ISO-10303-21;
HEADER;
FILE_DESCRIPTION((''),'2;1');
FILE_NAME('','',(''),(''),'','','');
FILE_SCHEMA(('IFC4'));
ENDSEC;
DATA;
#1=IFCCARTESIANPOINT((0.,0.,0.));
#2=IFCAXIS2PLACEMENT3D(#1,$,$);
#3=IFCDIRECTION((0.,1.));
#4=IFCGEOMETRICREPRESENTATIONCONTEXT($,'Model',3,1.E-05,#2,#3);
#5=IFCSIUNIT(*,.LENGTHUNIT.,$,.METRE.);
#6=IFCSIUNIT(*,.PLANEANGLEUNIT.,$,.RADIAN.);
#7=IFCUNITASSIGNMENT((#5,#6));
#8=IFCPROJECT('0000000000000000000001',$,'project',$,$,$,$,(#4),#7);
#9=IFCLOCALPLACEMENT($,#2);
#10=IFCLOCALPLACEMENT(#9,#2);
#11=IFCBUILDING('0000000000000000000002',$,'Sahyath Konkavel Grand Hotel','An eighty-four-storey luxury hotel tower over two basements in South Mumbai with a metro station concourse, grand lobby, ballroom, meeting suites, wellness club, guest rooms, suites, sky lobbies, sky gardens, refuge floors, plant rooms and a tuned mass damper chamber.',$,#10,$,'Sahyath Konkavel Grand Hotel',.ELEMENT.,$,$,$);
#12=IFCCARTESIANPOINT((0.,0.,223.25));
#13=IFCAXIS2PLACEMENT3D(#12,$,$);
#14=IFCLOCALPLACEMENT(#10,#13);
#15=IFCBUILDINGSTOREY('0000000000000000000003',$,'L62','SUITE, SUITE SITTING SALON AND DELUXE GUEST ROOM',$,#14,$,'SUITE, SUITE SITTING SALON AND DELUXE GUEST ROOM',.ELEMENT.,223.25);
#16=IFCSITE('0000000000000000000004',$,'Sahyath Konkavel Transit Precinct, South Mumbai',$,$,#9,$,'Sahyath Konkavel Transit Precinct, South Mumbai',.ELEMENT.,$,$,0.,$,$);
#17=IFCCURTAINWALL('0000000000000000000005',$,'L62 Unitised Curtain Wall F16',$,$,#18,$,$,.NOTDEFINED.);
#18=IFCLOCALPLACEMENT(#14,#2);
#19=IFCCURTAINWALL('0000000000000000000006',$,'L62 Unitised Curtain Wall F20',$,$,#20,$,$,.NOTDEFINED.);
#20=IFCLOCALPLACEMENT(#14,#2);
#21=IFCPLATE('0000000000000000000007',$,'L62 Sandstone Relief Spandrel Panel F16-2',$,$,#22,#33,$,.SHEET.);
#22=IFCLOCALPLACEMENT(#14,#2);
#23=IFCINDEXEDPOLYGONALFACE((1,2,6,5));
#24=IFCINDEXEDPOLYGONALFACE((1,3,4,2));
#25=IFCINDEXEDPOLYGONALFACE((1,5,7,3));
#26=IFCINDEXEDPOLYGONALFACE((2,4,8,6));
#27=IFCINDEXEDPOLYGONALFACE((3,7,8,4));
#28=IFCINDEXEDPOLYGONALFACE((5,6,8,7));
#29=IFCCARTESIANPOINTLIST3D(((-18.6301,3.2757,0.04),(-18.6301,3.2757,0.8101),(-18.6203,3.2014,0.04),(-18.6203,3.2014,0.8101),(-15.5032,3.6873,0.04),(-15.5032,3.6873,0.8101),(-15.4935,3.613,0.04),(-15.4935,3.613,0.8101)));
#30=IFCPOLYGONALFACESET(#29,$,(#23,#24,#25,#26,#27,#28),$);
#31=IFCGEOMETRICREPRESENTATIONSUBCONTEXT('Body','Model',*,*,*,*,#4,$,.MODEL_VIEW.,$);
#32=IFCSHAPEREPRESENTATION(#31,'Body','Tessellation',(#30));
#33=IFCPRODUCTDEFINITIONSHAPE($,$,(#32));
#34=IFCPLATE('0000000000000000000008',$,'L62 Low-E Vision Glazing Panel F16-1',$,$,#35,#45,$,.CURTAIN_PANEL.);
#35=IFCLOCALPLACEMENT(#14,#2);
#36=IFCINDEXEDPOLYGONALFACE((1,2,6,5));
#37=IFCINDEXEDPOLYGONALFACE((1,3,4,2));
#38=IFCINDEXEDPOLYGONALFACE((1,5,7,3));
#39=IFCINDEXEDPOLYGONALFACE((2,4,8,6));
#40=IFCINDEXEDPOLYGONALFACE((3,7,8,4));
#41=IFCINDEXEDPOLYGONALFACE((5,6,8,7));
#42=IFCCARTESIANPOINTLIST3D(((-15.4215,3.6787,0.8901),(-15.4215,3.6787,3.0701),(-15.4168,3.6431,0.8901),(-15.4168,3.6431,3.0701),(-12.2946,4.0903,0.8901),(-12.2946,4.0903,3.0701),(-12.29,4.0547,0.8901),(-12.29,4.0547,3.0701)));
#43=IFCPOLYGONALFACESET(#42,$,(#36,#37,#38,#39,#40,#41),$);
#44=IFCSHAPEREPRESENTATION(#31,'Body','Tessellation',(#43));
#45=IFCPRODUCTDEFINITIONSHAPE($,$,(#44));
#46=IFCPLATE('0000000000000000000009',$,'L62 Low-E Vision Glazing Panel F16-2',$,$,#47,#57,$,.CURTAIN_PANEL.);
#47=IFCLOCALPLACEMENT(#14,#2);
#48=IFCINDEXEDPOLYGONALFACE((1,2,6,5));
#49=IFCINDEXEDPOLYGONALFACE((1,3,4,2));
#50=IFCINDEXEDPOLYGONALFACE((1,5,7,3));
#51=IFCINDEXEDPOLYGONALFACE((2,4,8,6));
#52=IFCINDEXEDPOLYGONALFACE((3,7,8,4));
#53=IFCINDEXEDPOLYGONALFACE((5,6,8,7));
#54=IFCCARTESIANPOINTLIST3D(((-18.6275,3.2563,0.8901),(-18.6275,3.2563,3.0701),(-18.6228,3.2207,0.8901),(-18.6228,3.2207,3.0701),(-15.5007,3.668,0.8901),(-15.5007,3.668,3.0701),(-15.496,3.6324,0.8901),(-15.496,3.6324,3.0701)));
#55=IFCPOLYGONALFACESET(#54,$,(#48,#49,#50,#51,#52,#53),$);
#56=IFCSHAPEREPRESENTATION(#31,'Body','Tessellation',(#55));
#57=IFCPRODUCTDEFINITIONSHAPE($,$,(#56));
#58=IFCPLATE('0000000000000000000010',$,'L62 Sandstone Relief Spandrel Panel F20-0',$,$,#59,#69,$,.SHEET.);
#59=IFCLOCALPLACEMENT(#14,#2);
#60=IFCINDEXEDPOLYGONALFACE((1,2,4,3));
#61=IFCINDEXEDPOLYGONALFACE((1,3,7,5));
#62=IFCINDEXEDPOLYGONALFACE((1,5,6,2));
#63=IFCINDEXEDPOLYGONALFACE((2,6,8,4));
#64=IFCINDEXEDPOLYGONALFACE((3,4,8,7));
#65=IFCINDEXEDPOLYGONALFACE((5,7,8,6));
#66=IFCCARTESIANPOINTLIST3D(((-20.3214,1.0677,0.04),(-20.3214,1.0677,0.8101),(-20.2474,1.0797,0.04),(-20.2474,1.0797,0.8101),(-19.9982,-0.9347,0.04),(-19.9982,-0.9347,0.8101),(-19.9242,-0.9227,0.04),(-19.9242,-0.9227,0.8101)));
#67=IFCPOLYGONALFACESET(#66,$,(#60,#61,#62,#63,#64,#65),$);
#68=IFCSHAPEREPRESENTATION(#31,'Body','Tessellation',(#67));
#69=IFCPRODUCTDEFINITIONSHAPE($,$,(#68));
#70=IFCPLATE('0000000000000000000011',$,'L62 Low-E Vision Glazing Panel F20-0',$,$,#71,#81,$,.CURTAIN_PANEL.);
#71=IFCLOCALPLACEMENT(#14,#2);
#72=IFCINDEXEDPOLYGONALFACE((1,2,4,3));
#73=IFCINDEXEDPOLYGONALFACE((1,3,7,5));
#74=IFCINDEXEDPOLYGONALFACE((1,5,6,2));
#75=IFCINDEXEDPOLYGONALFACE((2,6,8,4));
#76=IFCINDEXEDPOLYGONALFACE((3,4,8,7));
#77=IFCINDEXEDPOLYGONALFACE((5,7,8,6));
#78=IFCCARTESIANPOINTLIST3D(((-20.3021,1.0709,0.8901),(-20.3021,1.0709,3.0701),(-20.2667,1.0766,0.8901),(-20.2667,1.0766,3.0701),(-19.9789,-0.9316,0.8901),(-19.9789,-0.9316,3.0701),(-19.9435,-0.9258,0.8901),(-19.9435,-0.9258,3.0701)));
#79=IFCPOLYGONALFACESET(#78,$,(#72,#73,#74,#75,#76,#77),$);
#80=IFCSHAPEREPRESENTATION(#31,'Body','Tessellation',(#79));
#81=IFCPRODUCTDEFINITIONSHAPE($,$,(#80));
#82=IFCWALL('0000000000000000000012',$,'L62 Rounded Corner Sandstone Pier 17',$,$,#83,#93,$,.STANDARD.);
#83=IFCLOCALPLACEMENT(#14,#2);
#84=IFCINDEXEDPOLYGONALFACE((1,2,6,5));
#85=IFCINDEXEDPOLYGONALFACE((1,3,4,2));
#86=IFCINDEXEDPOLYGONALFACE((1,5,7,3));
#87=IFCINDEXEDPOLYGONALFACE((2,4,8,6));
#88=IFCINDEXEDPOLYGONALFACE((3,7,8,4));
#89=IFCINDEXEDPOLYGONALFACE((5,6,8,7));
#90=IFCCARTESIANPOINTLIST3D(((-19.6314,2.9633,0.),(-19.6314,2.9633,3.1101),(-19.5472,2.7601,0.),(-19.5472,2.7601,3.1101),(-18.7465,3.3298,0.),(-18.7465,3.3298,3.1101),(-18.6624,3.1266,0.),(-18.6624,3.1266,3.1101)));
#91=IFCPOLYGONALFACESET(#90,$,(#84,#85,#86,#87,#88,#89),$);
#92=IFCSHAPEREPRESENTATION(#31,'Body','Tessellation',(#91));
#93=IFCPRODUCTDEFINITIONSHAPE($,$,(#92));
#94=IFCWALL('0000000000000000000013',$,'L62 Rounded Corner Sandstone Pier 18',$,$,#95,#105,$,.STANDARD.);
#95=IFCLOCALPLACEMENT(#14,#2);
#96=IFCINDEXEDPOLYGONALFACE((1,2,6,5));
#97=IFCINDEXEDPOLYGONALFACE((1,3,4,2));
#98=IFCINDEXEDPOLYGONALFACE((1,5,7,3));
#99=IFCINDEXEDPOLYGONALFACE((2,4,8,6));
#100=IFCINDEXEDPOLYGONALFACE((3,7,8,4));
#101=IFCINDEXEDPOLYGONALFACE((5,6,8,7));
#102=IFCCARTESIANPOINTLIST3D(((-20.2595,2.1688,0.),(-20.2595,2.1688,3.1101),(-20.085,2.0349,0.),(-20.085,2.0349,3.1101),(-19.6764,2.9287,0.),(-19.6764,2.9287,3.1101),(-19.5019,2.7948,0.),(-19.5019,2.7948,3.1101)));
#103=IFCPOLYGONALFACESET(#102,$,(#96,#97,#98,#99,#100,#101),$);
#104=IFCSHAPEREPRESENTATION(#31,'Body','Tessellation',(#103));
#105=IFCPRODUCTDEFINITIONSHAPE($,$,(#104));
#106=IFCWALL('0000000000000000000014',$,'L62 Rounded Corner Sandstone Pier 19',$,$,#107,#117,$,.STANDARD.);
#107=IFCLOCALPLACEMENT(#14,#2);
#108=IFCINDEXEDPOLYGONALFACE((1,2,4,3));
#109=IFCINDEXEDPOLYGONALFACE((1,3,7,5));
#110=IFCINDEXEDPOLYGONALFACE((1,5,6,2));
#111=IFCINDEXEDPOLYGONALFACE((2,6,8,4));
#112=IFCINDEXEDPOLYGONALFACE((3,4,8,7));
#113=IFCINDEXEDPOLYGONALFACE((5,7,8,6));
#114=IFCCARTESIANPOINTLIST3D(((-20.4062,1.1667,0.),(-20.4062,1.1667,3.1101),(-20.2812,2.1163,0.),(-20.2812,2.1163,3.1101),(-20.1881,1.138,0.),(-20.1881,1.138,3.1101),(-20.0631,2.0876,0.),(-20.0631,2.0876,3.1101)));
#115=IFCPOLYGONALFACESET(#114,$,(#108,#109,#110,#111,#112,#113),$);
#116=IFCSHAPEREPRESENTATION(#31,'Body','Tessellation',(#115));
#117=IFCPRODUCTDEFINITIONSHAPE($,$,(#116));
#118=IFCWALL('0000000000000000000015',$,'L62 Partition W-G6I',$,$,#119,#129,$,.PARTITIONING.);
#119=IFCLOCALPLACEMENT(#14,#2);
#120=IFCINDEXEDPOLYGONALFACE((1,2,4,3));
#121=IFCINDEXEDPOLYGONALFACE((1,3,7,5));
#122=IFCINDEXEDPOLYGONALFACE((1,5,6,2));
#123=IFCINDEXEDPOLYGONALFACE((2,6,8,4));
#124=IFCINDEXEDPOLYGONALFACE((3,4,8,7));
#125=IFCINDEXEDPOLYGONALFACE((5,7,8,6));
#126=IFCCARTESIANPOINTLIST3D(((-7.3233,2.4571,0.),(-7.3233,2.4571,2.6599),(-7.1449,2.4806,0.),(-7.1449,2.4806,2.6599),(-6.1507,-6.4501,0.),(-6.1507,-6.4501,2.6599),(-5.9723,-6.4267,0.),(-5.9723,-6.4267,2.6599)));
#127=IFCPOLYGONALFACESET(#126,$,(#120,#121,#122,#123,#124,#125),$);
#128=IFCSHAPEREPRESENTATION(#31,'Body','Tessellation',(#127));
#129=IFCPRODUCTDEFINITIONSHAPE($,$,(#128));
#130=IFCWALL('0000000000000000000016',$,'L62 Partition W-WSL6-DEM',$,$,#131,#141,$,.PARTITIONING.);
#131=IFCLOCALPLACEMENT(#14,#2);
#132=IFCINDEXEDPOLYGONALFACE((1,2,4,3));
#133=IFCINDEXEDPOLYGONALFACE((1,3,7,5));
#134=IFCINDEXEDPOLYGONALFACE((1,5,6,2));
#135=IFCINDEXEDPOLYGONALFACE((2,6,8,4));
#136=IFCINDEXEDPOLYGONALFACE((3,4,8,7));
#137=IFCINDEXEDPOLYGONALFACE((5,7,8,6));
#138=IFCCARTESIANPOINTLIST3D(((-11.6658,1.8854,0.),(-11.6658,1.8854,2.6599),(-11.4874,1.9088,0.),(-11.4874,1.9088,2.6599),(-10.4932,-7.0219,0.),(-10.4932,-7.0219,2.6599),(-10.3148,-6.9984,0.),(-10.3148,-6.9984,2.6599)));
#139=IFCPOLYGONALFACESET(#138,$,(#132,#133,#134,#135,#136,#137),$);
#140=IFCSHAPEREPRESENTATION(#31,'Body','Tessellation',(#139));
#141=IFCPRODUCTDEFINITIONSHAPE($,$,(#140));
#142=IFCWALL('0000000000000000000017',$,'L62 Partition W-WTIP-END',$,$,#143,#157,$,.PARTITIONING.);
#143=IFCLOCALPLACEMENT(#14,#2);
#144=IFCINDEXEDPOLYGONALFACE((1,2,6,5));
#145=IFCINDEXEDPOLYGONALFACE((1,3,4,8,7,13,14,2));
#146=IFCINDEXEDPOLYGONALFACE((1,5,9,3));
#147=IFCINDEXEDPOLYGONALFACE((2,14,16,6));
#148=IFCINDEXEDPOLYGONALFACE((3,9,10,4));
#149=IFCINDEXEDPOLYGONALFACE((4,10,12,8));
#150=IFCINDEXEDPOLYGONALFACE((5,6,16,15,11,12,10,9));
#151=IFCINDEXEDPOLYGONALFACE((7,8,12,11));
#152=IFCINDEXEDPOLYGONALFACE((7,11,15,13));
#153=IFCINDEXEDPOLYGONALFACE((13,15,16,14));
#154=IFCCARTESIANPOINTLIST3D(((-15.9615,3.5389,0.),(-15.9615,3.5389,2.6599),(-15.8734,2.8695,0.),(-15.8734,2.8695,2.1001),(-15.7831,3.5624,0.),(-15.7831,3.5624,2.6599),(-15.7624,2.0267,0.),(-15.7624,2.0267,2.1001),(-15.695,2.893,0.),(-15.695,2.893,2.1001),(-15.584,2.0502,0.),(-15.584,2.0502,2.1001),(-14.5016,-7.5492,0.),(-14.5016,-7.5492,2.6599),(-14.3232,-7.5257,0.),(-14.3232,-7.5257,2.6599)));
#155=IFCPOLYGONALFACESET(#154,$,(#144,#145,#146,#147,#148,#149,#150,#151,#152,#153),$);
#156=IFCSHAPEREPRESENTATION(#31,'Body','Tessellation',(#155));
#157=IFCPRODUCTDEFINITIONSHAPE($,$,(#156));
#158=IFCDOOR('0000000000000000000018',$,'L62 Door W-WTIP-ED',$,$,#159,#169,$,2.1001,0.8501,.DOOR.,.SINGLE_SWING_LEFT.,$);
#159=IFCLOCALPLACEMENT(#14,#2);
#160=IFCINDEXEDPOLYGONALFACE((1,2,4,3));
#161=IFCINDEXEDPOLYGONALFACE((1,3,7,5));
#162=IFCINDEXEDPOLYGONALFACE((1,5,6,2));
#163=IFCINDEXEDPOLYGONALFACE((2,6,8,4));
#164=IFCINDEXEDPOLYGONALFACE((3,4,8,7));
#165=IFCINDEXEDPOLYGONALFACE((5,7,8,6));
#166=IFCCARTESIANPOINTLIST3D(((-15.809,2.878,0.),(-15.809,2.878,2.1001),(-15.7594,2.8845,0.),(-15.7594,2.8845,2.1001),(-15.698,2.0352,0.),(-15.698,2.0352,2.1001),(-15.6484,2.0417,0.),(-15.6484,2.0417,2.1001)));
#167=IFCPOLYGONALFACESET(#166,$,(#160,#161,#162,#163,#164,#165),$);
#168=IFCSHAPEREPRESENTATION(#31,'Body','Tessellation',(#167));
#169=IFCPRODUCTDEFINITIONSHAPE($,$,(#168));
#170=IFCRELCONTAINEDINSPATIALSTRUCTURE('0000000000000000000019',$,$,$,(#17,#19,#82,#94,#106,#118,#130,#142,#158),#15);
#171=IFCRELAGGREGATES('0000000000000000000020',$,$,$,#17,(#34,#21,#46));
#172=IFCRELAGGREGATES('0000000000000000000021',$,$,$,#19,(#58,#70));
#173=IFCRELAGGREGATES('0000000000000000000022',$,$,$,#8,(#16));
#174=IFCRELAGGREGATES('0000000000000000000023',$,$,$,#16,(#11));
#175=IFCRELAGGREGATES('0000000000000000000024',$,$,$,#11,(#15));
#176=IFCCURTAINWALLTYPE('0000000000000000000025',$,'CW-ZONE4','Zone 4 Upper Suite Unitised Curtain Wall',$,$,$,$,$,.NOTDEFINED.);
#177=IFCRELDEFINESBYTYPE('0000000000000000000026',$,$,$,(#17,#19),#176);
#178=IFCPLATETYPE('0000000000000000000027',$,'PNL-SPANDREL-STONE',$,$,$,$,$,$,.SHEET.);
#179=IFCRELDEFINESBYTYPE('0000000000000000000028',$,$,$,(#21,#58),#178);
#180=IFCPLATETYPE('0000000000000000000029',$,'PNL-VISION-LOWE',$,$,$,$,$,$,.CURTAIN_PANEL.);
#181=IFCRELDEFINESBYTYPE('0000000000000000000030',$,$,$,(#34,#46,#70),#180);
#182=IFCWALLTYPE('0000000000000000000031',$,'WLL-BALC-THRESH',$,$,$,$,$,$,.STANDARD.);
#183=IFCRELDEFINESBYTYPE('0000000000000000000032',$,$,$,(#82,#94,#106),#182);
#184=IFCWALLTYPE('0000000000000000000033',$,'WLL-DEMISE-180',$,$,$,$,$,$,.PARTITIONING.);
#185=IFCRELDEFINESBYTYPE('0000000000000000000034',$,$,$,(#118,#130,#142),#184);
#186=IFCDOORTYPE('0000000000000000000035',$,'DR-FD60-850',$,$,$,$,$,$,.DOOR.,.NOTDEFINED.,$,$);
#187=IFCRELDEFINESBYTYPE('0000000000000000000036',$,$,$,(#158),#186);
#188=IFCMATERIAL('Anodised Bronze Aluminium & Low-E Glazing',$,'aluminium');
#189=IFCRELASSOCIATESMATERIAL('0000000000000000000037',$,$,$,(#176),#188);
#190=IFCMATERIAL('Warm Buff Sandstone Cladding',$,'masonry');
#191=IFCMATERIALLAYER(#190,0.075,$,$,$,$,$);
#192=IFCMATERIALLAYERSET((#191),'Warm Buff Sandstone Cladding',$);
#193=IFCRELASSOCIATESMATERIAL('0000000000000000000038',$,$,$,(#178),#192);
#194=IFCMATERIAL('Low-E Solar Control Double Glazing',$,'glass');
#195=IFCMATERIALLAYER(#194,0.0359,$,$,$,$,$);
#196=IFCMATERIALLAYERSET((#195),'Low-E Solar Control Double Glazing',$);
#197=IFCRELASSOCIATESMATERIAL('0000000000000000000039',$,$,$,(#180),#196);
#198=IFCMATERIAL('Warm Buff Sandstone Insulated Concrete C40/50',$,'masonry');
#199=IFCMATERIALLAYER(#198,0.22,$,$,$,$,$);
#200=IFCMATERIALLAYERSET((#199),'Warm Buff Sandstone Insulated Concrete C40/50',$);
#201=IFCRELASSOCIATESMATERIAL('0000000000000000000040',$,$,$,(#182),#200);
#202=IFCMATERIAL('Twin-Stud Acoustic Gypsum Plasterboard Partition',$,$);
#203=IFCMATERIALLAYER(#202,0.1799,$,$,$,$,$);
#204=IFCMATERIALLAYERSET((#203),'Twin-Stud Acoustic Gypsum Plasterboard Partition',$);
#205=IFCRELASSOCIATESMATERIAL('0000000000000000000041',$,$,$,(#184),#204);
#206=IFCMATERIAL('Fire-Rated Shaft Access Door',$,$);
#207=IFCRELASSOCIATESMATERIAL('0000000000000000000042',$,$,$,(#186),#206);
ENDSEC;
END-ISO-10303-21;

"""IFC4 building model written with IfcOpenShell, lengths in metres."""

from ifc_helpers import new_model, si_unit, direction, frame, frame_2d, origin, origin_2d, place, context, subcontext, project, spatial, rectangle, extrude, source, transform, mapped, material, layer, layer_set, type_object, element, fill, aggregate, save


model = new_model("IFC4")

# Units and contexts
model_context = context("Model", 3, precision=1e-05, world=origin(), true_north=direction((0.0, 1.0)))
body_context = subcontext(model_context, "Body", "Model", "MODEL_VIEW")
ifc_project = project(units=[si_unit("LENGTHUNIT", "METRE"), si_unit("PLANEANGLEUNIT", "RADIAN")], contexts=[model_context])

# Site, building, storey
site_placement = place(None, origin())
site = spatial("IfcSite", under=ifc_project, at=site_placement, Name="Sahyath Konkavel Transit Precinct, South Mumbai", LongName="Sahyath Konkavel Transit Precinct, South Mumbai", CompositionType="ELEMENT", RefElevation=0.0)
building_placement = place(site_placement, origin())
building = spatial("IfcBuilding", under=site, at=building_placement, Name="Sahyath Konkavel Grand Hotel", Description="An eighty-four-storey luxury hotel tower over two basements in South Mumbai with a metro station concourse, grand lobby, ballroom, meeting suites, wellness club, guest rooms, suites, sky lobbies, sky gardens, refuge floors, plant rooms and a tuned mass damper chamber.", LongName="Sahyath Konkavel Grand Hotel", CompositionType="ELEMENT")
storey_placement = place(building_placement, frame((0.0, 0.0, 223.25)))
storey = spatial("IfcBuildingStorey", under=building, at=storey_placement, Name="L62", Description="SUITE, SUITE SITTING SALON AND DELUXE GUEST ROOM", LongName="SUITE, SUITE SITTING SALON AND DELUXE GUEST ROOM", CompositionType="ELEMENT", Elevation=223.25)

# Curtain wall
ifc_material_1 = material(Name="Anodised Bronze Aluminium & Low-E Glazing", Category="aluminium")
curtain_wall_type = type_object("IfcCurtainWallType", Name="CW-ZONE4", Description="Zone 4 Upper Suite Unitised Curtain Wall", PredefinedType="NOTDEFINED", material=ifc_material_1)
curtain_wall_1_placement = place(storey_placement, origin())
curtain_wall_1 = element("IfcCurtainWall", 1, at=curtain_wall_1_placement, inside=storey, type_object=curtain_wall_type, Name="L62 Unitised Curtain Wall F16", PredefinedType="NOTDEFINED")

# Curtain wall
curtain_wall_2_placement = place(storey_placement, origin())
curtain_wall_2 = element("IfcCurtainWall", 2, at=curtain_wall_2_placement, inside=storey, type_object=curtain_wall_type, Name="L62 Unitised Curtain Wall F20", PredefinedType="NOTDEFINED")

# Plates
ifc_material_2 = material(Name="Warm Buff Sandstone Cladding", Category="masonry")
ifc_layer_1 = layer(ifc_material_2, 0.075)
ifc_layer_set_1 = layer_set([ifc_layer_1], Name="Warm Buff Sandstone Cladding")
plate_type_1 = type_object("IfcPlateType", Name="PNL-SPANDREL-STONE", PredefinedType="SHEET", material=ifc_layer_set_1)
shared_shape_1 = source(origin(), body_context, "Body", "SweptSolid", [
    extrude(rectangle(XDim=3.1538, YDim=0.075, at=origin_2d()), origin(), (0.0, 0.0, 1.0), 0.77),
])
plate_1_placement = place(storey_placement, frame((-17.0618, 3.4443, 0.04), z_axis=(0.0, 0.0, 1.0), x_axis=(-0.991445, -0.130526, 0.0)))
plate_1 = element("IfcPlate", 3, at=plate_1_placement, type_object=plate_type_1, Name="L62 Sandstone Relief Spandrel Panel F16-2", PredefinedType="SHEET", context=body_context, shape_type="MappedRepresentation", body=[
    mapped(shared_shape_1, transform((0.0, 0.0, 0.0), scale=1.0)),
])
ifc_material_3 = material(Name="Low-E Solar Control Double Glazing", Category="glass")
ifc_layer_2 = layer(ifc_material_3, 0.0359)
ifc_layer_set_2 = layer_set([ifc_layer_2], Name="Low-E Solar Control Double Glazing")
plate_type_2 = type_object("IfcPlateType", Name="PNL-VISION-LOWE", PredefinedType="CURTAIN_PANEL", material=ifc_layer_set_2)
shared_shape_2 = source(origin(), body_context, "Body", "SweptSolid", [
    extrude(rectangle(XDim=3.1538, YDim=0.0359, at=origin_2d()), origin(), (0.0, 0.0, 1.0), 2.1799),
])
plate_2_placement = place(storey_placement, frame((-13.8557, 3.8667, 0.8901), z_axis=(0.0, 0.0, 1.0), x_axis=(-0.991445, -0.130526, 0.0)))
plate_2 = element("IfcPlate", 4, at=plate_2_placement, type_object=plate_type_2, Name="L62 Low-E Vision Glazing Panel F16-1", PredefinedType="CURTAIN_PANEL", context=body_context, shape_type="MappedRepresentation", body=[
    mapped(shared_shape_2, transform((0.0, 0.0, 0.0), scale=1.0)),
])
plate_3_placement = place(storey_placement, frame((-17.0618, 3.4443, 0.8901), z_axis=(0.0, 0.0, 1.0), x_axis=(-0.991445, -0.130526, 0.0)))
plate_3 = element("IfcPlate", 5, at=plate_3_placement, type_object=plate_type_2, Name="L62 Low-E Vision Glazing Panel F16-2", PredefinedType="CURTAIN_PANEL", context=body_context, shape_type="MappedRepresentation", body=[
    mapped(shared_shape_2, transform((0.0, 0.0, 0.0), scale=1.0)),
])
aggregate(curtain_wall_1, [plate_2, plate_1, plate_3])
shared_shape_3 = source(origin(), body_context, "Body", "SweptSolid", [
    extrude(rectangle(XDim=2.0283, YDim=0.075, at=origin_2d()), origin(), (0.0, 0.0, 1.0), 0.77),
])
plate_4_placement = place(storey_placement, frame((-20.1228, 0.0725, 0.04), z_axis=(0.0, 0.0, 1.0), x_axis=(0.159347, -0.987223, 0.0)))
plate_4 = element("IfcPlate", 6, at=plate_4_placement, type_object=plate_type_1, Name="L62 Sandstone Relief Spandrel Panel F20-0", PredefinedType="SHEET", context=body_context, shape_type="MappedRepresentation", body=[
    mapped(shared_shape_3, transform((0.0, 0.0, 0.0), scale=1.0)),
])
shared_shape_4 = source(origin(), body_context, "Body", "SweptSolid", [
    extrude(rectangle(XDim=2.0283, YDim=0.0359, at=origin_2d()), origin(), (0.0, 0.0, 1.0), 2.1799),
])
plate_5_placement = place(storey_placement, frame((-20.1228, 0.0725, 0.8901), z_axis=(0.0, 0.0, 1.0), x_axis=(0.159347, -0.987223, 0.0)))
plate_5 = element("IfcPlate", 7, at=plate_5_placement, type_object=plate_type_2, Name="L62 Low-E Vision Glazing Panel F20-0", PredefinedType="CURTAIN_PANEL", context=body_context, shape_type="MappedRepresentation", body=[
    mapped(shared_shape_4, transform((0.0, 0.0, 0.0), scale=1.0)),
])
aggregate(curtain_wall_2, [plate_4, plate_5])

# Walls
ifc_material_4 = material(Name="Warm Buff Sandstone Insulated Concrete C40/50", Category="masonry")
ifc_layer_3 = layer(ifc_material_4, 0.22)
ifc_layer_set_3 = layer_set([ifc_layer_3], Name="Warm Buff Sandstone Insulated Concrete C40/50")
wall_type_1 = type_object("IfcWallType", Name="WLL-BALC-THRESH", PredefinedType="STANDARD", material=ifc_layer_set_3)
for number, where, z_axis, x_axis, name in (
    (8, (-18.7043, 3.2283, 0.0), (0.0, 0.0, 1.0), (-0.923889, -0.38266, 0.0), "L62 Rounded Corner Sandstone Pier 17"),
    (9, (-19.5891, 2.8618, 0.0), (0.0, 0.0, 1.0), (-0.608774, -0.793344, 0.0), "L62 Rounded Corner Sandstone Pier 18"),
    (10, (-20.1721, 2.1021, 0.0), (0.0, 0.0, 1.0), (-0.130527, -0.991445, 0.0), "L62 Rounded Corner Sandstone Pier 19"),
):
    element("IfcWall", number, at=place(storey_placement, frame(where, z_axis=z_axis, x_axis=x_axis)), inside=storey, type_object=wall_type_1, Name=name, PredefinedType="STANDARD", context=body_context, shape_type="SweptSolid", body=[
        extrude(rectangle(XDim=0.9578, YDim=0.22, at=frame_2d((0.479, 0.0))), origin(), (0.0, 0.0, 1.0), 3.1101),
    ])
ifc_material_5 = material(Name="Twin-Stud Acoustic Gypsum Plasterboard Partition")
ifc_layer_4 = layer(ifc_material_5, 0.1799)
ifc_layer_set_4 = layer_set([ifc_layer_4], Name="Twin-Stud Acoustic Gypsum Plasterboard Partition")
wall_type_2 = type_object("IfcWallType", Name="WLL-DEMISE-180", PredefinedType="PARTITIONING", material=ifc_layer_set_4)
for number, where, z_axis, x_axis, name in (
    (11, (-7.2341, 2.469, 0.0), (0.0, 0.0, 1.0), (0.130521, -0.991446, 0.0), "L62 Partition W-G6I"),
    (12, (-11.5767, 1.8972, 0.0), (0.0, 0.0, 1.0), (0.130521, -0.991446, 0.0), "L62 Partition W-WSL6-DEM"),
):
    element("IfcWall", number, at=place(storey_placement, frame(where, z_axis=z_axis, x_axis=x_axis)), inside=storey, type_object=wall_type_2, Name=name, PredefinedType="PARTITIONING", context=body_context, shape_type="SweptSolid", body=[
        extrude(rectangle(XDim=8.9841, YDim=0.1799, at=frame_2d((4.4922, 0.0))), origin(), (0.0, 0.0, 1.0), 2.6599),
    ])

# Wall, opening, door
wall_1_placement = place(storey_placement, frame((-15.8723, 3.5505, 0.0), z_axis=(0.0, 0.0, 1.0), x_axis=(0.130542, -0.991443, 0.0)))
wall_1 = element("IfcWall", 13, at=wall_1_placement, inside=storey, type_object=wall_type_2, Name="L62 Partition W-WTIP-END", PredefinedType="PARTITIONING", context=body_context, shape_type="SweptSolid", body=[
    extrude(rectangle(XDim=11.1838, YDim=0.1799, at=frame_2d((5.5918, 0.0))), origin(), (0.0, 0.0, 1.0), 2.6599),
])
opening_1_placement = place(wall_1_placement, frame((0.675, 0.0, 0.0)))
opening_1 = element("IfcOpeningElement", 14, at=opening_1_placement, cuts=wall_1, PredefinedType="OPENING", context=body_context, shape_type="SweptSolid", body=[
    extrude(rectangle(XDim=0.8501, YDim=2.1001, at=frame_2d((0.425, 1.05))), frame((0.0, 0.1001, 0.0), z_axis=(0.0, -1.0, 0.0), x_axis=(1.0, 0.0, 0.0)), (0.0, 0.0, 1.0), 0.2),
])
ifc_material_6 = material(Name="Fire-Rated Shaft Access Door")
door_type = type_object("IfcDoorType", Name="DR-FD60-850", OperationType="NOTDEFINED", PredefinedType="DOOR", material=ifc_material_6)
shared_shape_5 = source(origin(), body_context, "Body", "SweptSolid", [
    extrude(rectangle(XDim=0.8501, YDim=0.05, at=origin_2d()), origin(), (0.0, 0.0, 1.0), 2.1001),
])
door_1_placement = place(opening_1_placement, frame((0.425, 0.0, 0.0)))
door_1 = element("IfcDoor", 15, at=door_1_placement, inside=storey, type_object=door_type, Name="L62 Door W-WTIP-ED", OperationType="SINGLE_SWING_LEFT", OverallHeight=2.1001, OverallWidth=0.8501, PredefinedType="DOOR", context=body_context, shape_type="MappedRepresentation", body=[
    mapped(shared_shape_5, transform((0.0, 0.0, 0.0), scale=1.0)),
])
fill(opening_1, door_1)

save(model, "model.ifc")
